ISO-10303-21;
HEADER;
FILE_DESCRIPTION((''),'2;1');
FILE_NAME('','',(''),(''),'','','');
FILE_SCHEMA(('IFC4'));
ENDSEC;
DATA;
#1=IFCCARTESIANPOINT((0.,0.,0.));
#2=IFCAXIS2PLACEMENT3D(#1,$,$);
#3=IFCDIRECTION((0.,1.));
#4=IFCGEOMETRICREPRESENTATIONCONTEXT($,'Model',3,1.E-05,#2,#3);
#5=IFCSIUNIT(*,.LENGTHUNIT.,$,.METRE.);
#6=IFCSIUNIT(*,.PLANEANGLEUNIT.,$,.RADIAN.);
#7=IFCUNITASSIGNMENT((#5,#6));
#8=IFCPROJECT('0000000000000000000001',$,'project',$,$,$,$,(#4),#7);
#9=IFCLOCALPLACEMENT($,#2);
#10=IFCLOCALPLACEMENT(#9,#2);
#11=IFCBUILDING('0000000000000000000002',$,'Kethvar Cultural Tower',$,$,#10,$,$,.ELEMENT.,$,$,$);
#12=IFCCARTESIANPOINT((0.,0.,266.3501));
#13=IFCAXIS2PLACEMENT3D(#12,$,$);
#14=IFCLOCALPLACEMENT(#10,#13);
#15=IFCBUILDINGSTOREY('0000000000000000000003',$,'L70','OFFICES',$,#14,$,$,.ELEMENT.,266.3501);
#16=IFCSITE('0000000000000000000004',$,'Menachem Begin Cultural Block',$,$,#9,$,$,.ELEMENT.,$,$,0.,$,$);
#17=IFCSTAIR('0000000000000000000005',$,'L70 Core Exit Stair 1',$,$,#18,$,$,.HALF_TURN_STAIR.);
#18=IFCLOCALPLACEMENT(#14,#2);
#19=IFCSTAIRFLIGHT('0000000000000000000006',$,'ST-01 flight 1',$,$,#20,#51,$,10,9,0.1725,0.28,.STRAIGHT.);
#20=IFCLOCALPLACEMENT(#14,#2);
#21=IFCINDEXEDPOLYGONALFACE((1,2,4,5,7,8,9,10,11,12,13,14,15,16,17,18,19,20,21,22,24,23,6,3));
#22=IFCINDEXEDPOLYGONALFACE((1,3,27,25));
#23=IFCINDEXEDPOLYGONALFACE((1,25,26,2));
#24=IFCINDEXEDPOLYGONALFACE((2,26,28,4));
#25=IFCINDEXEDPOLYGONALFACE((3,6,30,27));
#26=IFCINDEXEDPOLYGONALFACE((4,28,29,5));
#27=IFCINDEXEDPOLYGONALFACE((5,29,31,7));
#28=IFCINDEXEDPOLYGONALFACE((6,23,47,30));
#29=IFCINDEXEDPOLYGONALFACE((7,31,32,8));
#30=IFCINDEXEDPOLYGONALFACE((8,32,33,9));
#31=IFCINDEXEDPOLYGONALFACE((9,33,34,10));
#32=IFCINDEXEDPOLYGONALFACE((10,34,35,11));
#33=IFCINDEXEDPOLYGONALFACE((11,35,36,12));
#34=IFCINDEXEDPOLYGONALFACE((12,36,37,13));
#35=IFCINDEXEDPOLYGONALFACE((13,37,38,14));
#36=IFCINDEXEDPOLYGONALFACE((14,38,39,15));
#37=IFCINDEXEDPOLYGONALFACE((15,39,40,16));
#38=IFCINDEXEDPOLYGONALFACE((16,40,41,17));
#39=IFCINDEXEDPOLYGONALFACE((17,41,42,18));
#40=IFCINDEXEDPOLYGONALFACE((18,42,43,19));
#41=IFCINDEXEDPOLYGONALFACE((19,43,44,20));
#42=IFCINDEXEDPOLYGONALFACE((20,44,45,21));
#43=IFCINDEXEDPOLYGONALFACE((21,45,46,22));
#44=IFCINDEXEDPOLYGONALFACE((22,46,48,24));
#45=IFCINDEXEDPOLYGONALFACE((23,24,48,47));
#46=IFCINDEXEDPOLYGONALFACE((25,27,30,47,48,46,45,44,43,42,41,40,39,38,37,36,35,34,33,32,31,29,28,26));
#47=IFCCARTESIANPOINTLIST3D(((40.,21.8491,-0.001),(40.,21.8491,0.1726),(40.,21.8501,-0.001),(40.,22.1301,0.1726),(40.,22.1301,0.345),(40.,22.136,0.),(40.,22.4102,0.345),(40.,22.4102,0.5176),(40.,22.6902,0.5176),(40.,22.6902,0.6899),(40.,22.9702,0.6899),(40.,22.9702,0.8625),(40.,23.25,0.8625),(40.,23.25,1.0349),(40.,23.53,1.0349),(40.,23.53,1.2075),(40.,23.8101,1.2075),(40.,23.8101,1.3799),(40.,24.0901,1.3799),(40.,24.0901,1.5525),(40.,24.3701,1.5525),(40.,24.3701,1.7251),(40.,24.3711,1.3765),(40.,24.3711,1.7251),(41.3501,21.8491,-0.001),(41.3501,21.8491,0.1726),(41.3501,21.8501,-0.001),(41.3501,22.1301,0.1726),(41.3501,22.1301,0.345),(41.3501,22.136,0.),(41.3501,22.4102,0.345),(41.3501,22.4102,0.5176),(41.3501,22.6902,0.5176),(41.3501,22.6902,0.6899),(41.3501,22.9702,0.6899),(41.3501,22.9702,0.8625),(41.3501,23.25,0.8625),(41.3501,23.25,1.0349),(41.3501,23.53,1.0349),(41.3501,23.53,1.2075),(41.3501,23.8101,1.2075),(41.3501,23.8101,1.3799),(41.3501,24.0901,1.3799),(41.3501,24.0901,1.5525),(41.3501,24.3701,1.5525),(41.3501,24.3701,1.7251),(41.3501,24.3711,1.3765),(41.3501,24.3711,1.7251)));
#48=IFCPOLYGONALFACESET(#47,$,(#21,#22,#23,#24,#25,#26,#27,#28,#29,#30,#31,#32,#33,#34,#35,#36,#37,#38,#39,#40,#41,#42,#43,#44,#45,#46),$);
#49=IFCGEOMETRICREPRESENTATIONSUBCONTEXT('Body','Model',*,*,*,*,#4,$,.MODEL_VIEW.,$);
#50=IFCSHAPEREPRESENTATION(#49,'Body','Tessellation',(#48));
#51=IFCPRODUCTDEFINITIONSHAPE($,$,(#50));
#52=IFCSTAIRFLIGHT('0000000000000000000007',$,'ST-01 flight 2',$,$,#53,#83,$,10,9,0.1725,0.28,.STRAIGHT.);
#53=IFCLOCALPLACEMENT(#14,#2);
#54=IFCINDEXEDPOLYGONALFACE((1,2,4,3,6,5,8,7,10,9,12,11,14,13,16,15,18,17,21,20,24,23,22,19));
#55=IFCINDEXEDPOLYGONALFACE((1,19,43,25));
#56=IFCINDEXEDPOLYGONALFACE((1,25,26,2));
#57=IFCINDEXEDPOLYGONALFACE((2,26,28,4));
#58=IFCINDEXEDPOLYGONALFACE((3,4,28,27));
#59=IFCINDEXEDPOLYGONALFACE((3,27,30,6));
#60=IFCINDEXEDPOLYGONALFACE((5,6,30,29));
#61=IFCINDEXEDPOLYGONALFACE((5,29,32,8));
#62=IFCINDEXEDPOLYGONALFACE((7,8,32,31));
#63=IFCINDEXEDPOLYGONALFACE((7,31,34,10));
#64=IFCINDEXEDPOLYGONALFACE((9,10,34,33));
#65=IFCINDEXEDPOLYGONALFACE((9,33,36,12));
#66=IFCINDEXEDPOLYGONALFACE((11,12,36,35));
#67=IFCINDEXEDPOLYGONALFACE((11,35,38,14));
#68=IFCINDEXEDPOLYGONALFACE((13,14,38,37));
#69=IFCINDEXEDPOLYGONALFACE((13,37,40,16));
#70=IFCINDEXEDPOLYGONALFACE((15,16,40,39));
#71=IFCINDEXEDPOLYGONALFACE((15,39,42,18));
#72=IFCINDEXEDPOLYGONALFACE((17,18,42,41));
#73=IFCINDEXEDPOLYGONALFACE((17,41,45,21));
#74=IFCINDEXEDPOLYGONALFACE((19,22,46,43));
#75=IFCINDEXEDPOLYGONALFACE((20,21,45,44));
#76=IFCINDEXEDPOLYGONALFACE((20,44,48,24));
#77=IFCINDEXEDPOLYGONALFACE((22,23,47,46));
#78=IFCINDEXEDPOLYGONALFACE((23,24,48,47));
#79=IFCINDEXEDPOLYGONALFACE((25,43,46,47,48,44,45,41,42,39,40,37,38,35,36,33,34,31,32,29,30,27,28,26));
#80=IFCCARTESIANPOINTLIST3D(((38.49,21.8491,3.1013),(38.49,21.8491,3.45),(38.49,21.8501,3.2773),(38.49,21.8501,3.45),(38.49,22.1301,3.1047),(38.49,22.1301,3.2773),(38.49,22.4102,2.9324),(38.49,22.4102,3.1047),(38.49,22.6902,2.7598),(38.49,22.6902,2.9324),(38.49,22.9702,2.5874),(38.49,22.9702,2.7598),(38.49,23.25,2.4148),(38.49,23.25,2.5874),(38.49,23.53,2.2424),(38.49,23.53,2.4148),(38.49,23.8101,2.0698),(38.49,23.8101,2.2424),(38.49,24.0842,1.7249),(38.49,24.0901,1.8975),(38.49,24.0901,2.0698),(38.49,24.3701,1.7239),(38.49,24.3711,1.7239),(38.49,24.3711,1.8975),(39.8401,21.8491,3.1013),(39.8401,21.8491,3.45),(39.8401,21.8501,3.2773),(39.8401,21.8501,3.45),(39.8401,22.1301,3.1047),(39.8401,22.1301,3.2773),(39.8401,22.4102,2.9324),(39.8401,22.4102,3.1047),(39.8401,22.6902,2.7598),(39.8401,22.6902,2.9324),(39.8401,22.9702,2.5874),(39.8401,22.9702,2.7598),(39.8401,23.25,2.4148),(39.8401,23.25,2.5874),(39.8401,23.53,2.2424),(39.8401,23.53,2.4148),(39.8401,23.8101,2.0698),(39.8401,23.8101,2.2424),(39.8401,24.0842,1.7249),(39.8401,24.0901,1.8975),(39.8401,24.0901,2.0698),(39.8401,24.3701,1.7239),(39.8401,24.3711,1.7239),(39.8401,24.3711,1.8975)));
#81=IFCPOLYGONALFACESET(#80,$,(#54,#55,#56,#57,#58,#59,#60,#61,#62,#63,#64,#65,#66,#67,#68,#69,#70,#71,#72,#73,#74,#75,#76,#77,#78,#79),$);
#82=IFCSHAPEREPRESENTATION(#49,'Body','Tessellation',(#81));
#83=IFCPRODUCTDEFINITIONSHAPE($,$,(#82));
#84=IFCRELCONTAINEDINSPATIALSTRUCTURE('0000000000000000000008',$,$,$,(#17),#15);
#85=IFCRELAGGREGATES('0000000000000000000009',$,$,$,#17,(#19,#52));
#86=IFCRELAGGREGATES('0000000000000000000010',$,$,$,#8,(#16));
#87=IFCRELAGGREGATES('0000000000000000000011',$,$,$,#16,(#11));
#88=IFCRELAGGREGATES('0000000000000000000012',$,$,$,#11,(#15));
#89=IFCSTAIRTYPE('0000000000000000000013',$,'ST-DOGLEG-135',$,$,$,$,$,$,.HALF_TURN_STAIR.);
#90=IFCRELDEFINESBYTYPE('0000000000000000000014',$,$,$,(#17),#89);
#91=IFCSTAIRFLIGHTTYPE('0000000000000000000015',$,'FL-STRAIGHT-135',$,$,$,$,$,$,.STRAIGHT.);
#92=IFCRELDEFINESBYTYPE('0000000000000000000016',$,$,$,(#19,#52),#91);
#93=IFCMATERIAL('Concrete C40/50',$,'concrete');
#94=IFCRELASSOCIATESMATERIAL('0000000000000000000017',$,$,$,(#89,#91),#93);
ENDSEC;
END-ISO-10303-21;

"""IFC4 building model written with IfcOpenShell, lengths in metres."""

from ifc_helpers import new_model, si_unit, direction, frame, origin, place, context, subcontext, project, spatial, polyline, outline, extrude, material, type_object, element, aggregate, save


model = new_model("IFC4")

# Units and contexts
model_context = context("Model", 3, precision=1e-05, world=origin(), true_north=direction((0.0, 1.0)))
body_context = subcontext(model_context, "Body", "Model", "MODEL_VIEW")
ifc_project = project(units=[si_unit("LENGTHUNIT", "METRE"), si_unit("PLANEANGLEUNIT", "RADIAN")], contexts=[model_context])

# Site, building, storey
site_placement = place(None, origin())
site = spatial("IfcSite", under=ifc_project, at=site_placement, Name="Menachem Begin Cultural Block", CompositionType="ELEMENT", RefElevation=0.0)
building_placement = place(site_placement, origin())
building = spatial("IfcBuilding", under=site, at=building_placement, Name="Kethvar Cultural Tower", CompositionType="ELEMENT")
storey_placement = place(building_placement, frame((0.0, 0.0, 266.3501)))
storey = spatial("IfcBuildingStorey", under=building, at=storey_placement, Name="L70", Description="OFFICES", CompositionType="ELEMENT", Elevation=266.3501)

# Stair, stair flights
ifc_material_1 = material(Name="Concrete C40/50", Category="concrete")
stair_type = type_object("IfcStairType", Name="ST-DOGLEG-135", PredefinedType="HALF_TURN_STAIR", material=ifc_material_1)
stair_placement = place(storey_placement, origin())
stair = element("IfcStair", 1, at=stair_placement, inside=storey, type_object=stair_type, Name="L70 Core Exit Stair 1", PredefinedType="HALF_TURN_STAIR")
stair_flight_type = type_object("IfcStairFlightType", Name="FL-STRAIGHT-135", PredefinedType="STRAIGHT", material=ifc_material_1)
stair_flight_1_placement = place(storey_placement, frame((40.675, 21.8501, 0.0), z_axis=(0.0, 0.0, 1.0), x_axis=(0.0, 1.0, 0.0)))
stair_flight_1 = element("IfcStairFlight", 2, at=stair_flight_1_placement, type_object=stair_flight_type, Name="ST-01 flight 1", NumberOfRisers=10, NumberOfTreads=9, PredefinedType="STRAIGHT", RiserHeight=0.1725, TreadLength=0.28, context=body_context, shape_type="SweptSolid", body=[
    extrude(outline(polyline([(-0.001, -0.001), (-0.001, 0.1726), (0.28, 0.1726), (0.28, 0.345), (0.5601, 0.345), (0.5601, 0.5176), (0.8401, 0.5176), (0.8401, 0.6899), (1.1201, 0.6899), (1.1201, 0.8625), (1.3999, 0.8625), (1.3999, 1.0349), (1.6799, 1.0349), (1.6799, 1.2075), (1.96, 1.2075), (1.96, 1.3799), (2.24, 1.3799), (2.24, 1.5525), (2.52, 1.5525), (2.52, 1.7251), (2.521, 1.7251), (2.521, 1.3765), (0.2859, 0.0), (0.0, -0.001), (-0.001, -0.001)])), frame((0.0, 0.675, 0.0), z_axis=(0.0, -1.0, 0.0), x_axis=(1.0, 0.0, 0.0)), (0.0, 0.0, 1.0), 1.3501),
])
stair_flight_2_placement = place(storey_placement, frame((39.165, 24.3701, 1.7249), z_axis=(0.0, 0.0, 1.0), x_axis=(0.0, -1.0, 0.0)))
stair_flight_2 = element("IfcStairFlight", 3, at=stair_flight_2_placement, type_object=stair_flight_type, Name="ST-01 flight 2", NumberOfRisers=10, NumberOfTreads=9, PredefinedType="STRAIGHT", RiserHeight=0.1725, TreadLength=0.28, context=body_context, shape_type="SweptSolid", body=[
    extrude(outline(polyline([(-0.001, -0.001), (-0.001, 0.1726), (0.28, 0.1726), (0.28, 0.345), (0.5601, 0.345), (0.5601, 0.5176), (0.8401, 0.5176), (0.8401, 0.6899), (1.1201, 0.6899), (1.1201, 0.8625), (1.3999, 0.8625), (1.3999, 1.0349), (1.6799, 1.0349), (1.6799, 1.2075), (1.96, 1.2075), (1.96, 1.3799), (2.24, 1.3799), (2.24, 1.5525), (2.52, 1.5525), (2.52, 1.7251), (2.521, 1.7251), (2.521, 1.3765), (0.2859, 0.0), (0.0, -0.001), (-0.001, -0.001)])), frame((0.0, 0.675, 0.0), z_axis=(0.0, -1.0, 0.0), x_axis=(1.0, 0.0, 0.0)), (0.0, 0.0, 1.0), 1.3501),
])
aggregate(stair, [stair_flight_1, stair_flight_2])

save(model, "model.ifc")
